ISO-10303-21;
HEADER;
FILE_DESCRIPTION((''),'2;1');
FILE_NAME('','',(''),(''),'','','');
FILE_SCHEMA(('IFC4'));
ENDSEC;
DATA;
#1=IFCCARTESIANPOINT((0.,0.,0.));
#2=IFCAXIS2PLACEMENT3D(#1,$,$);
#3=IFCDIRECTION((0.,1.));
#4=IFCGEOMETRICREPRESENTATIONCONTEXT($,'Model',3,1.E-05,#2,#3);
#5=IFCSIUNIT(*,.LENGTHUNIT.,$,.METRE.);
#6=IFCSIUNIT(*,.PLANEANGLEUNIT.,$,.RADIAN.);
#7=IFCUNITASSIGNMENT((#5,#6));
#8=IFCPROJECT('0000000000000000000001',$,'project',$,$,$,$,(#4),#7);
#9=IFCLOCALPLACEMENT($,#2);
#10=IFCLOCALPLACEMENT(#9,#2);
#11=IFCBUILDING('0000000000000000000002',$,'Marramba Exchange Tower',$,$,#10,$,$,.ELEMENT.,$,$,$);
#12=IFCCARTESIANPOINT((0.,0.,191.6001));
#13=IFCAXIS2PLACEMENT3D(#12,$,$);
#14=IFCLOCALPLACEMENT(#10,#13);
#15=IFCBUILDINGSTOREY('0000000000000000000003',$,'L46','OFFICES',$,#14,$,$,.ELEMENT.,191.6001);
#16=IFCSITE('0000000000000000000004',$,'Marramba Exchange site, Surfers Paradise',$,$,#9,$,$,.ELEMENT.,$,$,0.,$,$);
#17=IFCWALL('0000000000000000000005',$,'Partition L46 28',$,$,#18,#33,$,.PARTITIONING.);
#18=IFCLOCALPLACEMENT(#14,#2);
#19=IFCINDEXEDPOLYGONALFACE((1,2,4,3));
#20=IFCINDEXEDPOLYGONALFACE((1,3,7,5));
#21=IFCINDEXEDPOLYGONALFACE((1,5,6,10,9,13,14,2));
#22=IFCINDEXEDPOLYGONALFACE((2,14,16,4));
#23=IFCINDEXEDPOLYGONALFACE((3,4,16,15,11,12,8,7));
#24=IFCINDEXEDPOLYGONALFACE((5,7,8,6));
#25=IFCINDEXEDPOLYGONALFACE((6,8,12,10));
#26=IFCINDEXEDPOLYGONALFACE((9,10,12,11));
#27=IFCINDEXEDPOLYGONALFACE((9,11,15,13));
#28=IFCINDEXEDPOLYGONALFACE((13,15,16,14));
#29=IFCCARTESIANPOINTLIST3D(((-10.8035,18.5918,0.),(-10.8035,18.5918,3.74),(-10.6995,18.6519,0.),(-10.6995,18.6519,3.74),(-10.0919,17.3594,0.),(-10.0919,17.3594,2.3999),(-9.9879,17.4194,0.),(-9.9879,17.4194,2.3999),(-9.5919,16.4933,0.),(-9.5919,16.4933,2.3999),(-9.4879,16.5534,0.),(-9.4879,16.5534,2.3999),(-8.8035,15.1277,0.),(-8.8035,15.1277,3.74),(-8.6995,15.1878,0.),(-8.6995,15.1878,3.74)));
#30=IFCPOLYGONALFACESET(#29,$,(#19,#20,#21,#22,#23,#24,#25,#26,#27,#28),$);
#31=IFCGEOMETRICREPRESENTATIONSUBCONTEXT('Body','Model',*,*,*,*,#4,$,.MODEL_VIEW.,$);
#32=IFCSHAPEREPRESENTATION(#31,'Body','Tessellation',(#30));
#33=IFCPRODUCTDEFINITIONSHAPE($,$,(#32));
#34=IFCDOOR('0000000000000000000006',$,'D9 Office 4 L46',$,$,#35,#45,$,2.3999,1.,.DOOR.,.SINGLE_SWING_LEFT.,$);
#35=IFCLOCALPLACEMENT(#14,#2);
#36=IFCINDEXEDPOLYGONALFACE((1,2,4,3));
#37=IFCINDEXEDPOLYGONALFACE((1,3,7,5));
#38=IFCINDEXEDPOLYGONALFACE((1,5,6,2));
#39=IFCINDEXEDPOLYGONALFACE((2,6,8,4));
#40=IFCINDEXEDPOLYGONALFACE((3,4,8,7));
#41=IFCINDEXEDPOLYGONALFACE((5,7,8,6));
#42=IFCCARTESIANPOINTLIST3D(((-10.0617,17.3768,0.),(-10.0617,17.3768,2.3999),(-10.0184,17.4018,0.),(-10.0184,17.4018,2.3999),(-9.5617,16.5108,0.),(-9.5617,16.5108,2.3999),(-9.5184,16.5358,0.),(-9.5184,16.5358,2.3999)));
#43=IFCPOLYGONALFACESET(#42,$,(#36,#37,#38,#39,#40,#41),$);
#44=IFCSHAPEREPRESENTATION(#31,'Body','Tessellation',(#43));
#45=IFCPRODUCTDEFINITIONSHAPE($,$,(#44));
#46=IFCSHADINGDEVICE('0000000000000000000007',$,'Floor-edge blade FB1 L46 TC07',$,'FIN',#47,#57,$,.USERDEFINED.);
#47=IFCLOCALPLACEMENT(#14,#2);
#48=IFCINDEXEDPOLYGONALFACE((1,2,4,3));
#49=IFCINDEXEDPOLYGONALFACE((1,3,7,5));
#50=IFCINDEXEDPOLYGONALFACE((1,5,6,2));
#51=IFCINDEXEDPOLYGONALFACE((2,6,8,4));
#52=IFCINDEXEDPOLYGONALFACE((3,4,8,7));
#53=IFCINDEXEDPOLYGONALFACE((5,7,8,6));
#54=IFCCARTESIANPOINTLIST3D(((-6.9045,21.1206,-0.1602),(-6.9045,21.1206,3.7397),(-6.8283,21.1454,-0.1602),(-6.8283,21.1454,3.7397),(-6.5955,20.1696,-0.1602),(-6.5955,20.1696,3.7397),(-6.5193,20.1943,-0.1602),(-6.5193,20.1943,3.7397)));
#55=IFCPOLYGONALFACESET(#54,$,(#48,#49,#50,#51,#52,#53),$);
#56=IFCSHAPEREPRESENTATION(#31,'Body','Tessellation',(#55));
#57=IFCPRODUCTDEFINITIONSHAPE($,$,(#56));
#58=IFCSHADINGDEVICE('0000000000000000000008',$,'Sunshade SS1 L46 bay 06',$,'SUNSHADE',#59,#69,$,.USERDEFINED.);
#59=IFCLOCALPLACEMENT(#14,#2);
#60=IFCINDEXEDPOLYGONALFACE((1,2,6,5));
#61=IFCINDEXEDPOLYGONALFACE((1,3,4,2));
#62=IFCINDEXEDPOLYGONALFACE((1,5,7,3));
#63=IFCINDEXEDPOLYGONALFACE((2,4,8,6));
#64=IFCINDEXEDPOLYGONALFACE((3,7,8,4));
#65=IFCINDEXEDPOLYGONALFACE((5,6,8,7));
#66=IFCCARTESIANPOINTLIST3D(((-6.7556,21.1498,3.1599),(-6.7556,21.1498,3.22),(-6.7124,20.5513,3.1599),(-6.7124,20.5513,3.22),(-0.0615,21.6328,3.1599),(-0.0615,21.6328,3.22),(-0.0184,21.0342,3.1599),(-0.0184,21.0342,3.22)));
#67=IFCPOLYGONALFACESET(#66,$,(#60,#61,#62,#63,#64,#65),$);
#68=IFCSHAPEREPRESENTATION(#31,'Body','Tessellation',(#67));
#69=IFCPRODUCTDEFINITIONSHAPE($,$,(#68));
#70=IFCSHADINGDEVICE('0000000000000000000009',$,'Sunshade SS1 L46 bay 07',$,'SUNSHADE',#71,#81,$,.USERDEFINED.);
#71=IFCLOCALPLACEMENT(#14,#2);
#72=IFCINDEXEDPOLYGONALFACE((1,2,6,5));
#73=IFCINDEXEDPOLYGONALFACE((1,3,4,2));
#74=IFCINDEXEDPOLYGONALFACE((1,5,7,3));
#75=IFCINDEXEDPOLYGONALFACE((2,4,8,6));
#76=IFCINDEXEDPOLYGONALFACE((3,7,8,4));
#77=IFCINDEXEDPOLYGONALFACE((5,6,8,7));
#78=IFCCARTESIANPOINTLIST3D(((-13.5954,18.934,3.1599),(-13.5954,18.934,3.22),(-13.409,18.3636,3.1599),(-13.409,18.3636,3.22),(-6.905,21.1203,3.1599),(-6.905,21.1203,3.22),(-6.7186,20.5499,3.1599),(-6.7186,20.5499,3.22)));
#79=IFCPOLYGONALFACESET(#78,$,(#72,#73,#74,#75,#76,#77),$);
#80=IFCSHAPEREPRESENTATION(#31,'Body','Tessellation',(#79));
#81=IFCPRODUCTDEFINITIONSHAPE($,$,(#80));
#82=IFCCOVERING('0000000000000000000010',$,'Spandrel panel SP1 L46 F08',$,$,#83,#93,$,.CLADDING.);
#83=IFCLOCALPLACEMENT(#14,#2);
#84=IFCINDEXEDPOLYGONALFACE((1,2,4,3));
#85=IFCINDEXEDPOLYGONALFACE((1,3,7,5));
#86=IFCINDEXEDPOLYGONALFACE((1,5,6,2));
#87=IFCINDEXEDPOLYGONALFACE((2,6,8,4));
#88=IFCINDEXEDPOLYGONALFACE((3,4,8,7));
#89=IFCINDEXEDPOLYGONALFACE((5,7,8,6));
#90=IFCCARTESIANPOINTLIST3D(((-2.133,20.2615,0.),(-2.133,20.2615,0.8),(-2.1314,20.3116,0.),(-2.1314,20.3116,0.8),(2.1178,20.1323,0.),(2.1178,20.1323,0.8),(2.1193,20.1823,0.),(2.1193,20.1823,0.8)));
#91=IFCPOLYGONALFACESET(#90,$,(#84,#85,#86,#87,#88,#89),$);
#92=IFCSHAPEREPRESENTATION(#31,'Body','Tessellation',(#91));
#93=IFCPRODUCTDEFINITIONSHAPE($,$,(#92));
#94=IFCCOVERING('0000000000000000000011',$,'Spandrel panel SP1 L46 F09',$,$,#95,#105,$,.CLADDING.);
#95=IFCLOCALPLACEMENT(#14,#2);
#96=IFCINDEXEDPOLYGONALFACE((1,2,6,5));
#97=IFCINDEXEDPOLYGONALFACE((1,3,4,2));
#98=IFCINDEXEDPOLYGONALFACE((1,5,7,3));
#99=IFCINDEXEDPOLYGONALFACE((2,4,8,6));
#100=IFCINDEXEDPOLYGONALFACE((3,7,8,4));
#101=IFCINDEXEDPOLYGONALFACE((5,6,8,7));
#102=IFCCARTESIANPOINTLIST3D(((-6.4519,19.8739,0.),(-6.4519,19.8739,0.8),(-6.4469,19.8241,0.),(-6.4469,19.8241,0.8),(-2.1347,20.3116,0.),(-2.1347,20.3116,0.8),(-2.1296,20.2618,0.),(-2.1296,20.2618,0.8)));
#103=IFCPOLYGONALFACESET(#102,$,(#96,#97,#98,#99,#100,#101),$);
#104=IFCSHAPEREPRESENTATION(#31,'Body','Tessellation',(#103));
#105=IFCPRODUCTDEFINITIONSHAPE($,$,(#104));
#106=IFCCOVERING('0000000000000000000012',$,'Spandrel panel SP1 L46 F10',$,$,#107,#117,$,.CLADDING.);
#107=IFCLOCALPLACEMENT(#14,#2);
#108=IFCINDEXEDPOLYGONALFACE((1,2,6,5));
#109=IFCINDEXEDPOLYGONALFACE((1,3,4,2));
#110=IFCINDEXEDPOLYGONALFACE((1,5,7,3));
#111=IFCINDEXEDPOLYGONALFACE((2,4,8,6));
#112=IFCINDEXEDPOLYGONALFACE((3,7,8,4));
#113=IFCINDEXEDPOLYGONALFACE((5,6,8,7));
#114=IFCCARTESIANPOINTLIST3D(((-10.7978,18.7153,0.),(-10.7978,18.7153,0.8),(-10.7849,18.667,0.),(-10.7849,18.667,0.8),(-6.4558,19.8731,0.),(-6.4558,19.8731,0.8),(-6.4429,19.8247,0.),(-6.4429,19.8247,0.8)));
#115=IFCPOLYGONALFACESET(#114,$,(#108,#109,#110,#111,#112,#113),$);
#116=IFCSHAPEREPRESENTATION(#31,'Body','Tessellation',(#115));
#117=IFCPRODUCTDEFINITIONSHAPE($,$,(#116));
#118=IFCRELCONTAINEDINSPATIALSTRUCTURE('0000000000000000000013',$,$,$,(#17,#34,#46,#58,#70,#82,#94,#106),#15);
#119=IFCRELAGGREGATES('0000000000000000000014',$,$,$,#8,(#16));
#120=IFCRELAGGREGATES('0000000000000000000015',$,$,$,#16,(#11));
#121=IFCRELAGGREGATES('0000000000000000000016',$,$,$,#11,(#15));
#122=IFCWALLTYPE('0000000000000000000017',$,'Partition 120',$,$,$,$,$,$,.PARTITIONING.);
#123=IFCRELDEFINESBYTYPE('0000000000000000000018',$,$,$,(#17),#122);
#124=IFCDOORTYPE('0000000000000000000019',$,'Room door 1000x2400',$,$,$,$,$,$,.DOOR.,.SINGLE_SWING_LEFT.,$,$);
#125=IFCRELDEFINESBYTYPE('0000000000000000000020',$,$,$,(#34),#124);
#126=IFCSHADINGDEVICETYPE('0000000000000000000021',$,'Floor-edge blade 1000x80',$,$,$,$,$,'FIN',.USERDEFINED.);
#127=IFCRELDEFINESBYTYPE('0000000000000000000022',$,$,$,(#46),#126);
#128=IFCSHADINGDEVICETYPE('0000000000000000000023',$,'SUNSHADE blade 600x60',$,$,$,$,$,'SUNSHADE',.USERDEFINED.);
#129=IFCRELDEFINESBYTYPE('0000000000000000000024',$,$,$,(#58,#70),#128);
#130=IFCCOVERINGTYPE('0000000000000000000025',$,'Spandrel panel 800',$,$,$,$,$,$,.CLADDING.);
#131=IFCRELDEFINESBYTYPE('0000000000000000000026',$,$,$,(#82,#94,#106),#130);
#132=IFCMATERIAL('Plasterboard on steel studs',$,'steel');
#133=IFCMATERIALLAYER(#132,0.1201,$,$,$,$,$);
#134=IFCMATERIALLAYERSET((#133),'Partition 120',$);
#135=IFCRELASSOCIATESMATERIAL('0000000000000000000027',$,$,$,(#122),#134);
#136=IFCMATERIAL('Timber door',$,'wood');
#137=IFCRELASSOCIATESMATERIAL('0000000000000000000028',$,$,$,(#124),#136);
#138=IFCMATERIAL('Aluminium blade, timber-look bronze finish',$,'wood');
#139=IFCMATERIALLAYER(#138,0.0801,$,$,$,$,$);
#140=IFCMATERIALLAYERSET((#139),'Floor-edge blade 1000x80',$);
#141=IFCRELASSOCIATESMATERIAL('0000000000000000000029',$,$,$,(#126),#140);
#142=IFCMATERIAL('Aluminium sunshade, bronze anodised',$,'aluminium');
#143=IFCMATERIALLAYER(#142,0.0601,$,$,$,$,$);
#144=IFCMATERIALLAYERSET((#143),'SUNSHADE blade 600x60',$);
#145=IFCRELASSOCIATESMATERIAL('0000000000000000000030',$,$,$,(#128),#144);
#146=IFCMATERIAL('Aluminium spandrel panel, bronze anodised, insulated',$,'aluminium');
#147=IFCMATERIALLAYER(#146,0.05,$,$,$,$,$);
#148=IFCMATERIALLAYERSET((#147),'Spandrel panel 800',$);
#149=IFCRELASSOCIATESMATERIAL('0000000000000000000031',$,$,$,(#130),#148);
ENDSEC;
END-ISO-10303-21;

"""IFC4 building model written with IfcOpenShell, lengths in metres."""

from ifc_helpers import new_model, si_unit, direction, frame, frame_2d, origin, origin_2d, place, context, subcontext, project, spatial, rectangle, extrude, material, layer, layer_set, type_object, element, fill, save


model = new_model("IFC4")

# Units and contexts
model_context = context("Model", 3, precision=1e-05, world=origin(), true_north=direction((0.0, 1.0)))
body_context = subcontext(model_context, "Body", "Model", "MODEL_VIEW")
ifc_project = project(units=[si_unit("LENGTHUNIT", "METRE"), si_unit("PLANEANGLEUNIT", "RADIAN")], contexts=[model_context])

# Site, building, storey
site_placement = place(None, origin())
site = spatial("IfcSite", under=ifc_project, at=site_placement, Name="Marramba Exchange site, Surfers Paradise", CompositionType="ELEMENT", RefElevation=0.0)
building_placement = place(site_placement, origin())
building = spatial("IfcBuilding", under=site, at=building_placement, Name="Marramba Exchange Tower", CompositionType="ELEMENT")
storey_placement = place(building_placement, frame((0.0, 0.0, 191.6001)))
storey = spatial("IfcBuildingStorey", under=building, at=storey_placement, Name="L46", Description="OFFICES", CompositionType="ELEMENT", Elevation=191.6001)

# Shared definitions
ifc_material_1 = material(Name="Plasterboard on steel studs", Category="steel")
ifc_layer_1 = layer(ifc_material_1, 0.1201)
ifc_layer_set_1 = layer_set([ifc_layer_1], Name="Partition 120")
wall_type = type_object("IfcWallType", Name="Partition 120", PredefinedType="PARTITIONING", material=ifc_layer_set_1)

# Wall, opening, door
wall_1_placement = place(storey_placement, frame((-10.7515, 18.6218, 0.0), z_axis=(0.0, 0.0, 1.0), x_axis=(0.499999, -0.866026, 0.0)))
wall_1 = element("IfcWall", 1, at=wall_1_placement, inside=storey, type_object=wall_type, Name="Partition L46 28", PredefinedType="PARTITIONING", context=body_context, shape_type="SweptSolid", body=[
    extrude(rectangle(XDim=4.0, YDim=0.1201, at=frame_2d((2.0, 0.0))), origin(), (0.0, 0.0, 1.0), 3.74),
])
opening_placement = place(wall_1_placement, frame((1.4231, 0.0, 0.0)))
opening = element("IfcOpeningElement", 2, at=opening_placement, cuts=wall_1, PredefinedType="OPENING", context=body_context, shape_type="SweptSolid", body=[
    extrude(rectangle(XDim=1.0, YDim=2.3999, at=frame_2d((0.5, 1.2))), frame((0.0, 0.0701, 0.0), z_axis=(0.0, -1.0, 0.0), x_axis=(1.0, 0.0, 0.0)), (0.0, 0.0, 1.0), 0.1401),
])
ifc_material_2 = material(Name="Timber door", Category="wood")
door_type = type_object("IfcDoorType", Name="Room door 1000x2400", OperationType="SINGLE_SWING_LEFT", PredefinedType="DOOR", material=ifc_material_2)
door_placement = place(opening_placement, origin())
door = element("IfcDoor", 3, at=door_placement, inside=storey, type_object=door_type, Name="D9 Office 4 L46", OperationType="SINGLE_SWING_LEFT", OverallHeight=2.3999, OverallWidth=1.0, PredefinedType="DOOR", context=body_context, shape_type="SweptSolid", body=[
    extrude(rectangle(XDim=1.0, YDim=2.3999, at=frame_2d((0.5, 1.2))), frame((0.0, 0.0249, 0.0), z_axis=(0.0, -1.0, 0.0), x_axis=(1.0, 0.0, 0.0)), (0.0, 0.0, 1.0), 0.05),
])
fill(opening, door)

# Shading devices
ifc_material_3 = material(Name="Aluminium blade, timber-look bronze finish", Category="wood")
ifc_layer_2 = layer(ifc_material_3, 0.0801)
ifc_layer_set_2 = layer_set([ifc_layer_2], Name="Floor-edge blade 1000x80")
shading_device_type_1 = type_object("IfcShadingDeviceType", Name="Floor-edge blade 1000x80", ElementType="FIN", PredefinedType="USERDEFINED", material=ifc_layer_set_2)
shading_device_1_placement = place(storey_placement, frame((-6.7119, 20.6575, -0.1602), z_axis=(0.0, 0.0, 1.0), x_axis=(-0.309017, 0.951057, 0.0)))
element("IfcShadingDevice", 4, at=shading_device_1_placement, inside=storey, type_object=shading_device_type_1, Name="Floor-edge blade FB1 L46 TC07", ObjectType="FIN", PredefinedType="USERDEFINED", context=body_context, shape_type="SweptSolid", body=[
    extrude(rectangle(XDim=1.0, YDim=0.0801, at=origin_2d()), origin(), (0.0, 0.0, 1.0), 3.8999),
])
ifc_material_4 = material(Name="Aluminium sunshade, bronze anodised", Category="aluminium")
ifc_layer_3 = layer(ifc_material_4, 0.0601)
ifc_layer_set_3 = layer_set([ifc_layer_3], Name="SUNSHADE blade 600x60")
shading_device_type_2 = type_object("IfcShadingDeviceType", Name="SUNSHADE blade 600x60", ElementType="SUNSHADE", PredefinedType="USERDEFINED", material=ifc_layer_set_3)
shading_device_2_placement = place(storey_placement, frame((-3.387, 21.092, 3.1599), z_axis=(0.0, 0.0, 1.0), x_axis=(-0.997408, -0.071958, 0.0)))
element("IfcShadingDevice", 5, at=shading_device_2_placement, inside=storey, type_object=shading_device_type_2, Name="Sunshade SS1 L46 bay 06", ObjectType="SUNSHADE", PredefinedType="USERDEFINED", context=body_context, shape_type="SweptSolid", body=[
    extrude(rectangle(XDim=6.7114, YDim=0.6001, at=origin_2d()), origin(), (0.0, 0.0, 1.0), 0.0601),
])
shading_device_3_placement = place(storey_placement, frame((-10.157, 19.7419, 3.1599), z_axis=(0.0, 0.0, 1.0), x_axis=(-0.950538, -0.31061, 0.0)))
element("IfcShadingDevice", 6, at=shading_device_3_placement, inside=storey, type_object=shading_device_type_2, Name="Sunshade SS1 L46 bay 07", ObjectType="SUNSHADE", PredefinedType="USERDEFINED", context=body_context, shape_type="SweptSolid", body=[
    extrude(rectangle(XDim=7.0386, YDim=0.6001, at=origin_2d()), origin(), (0.0, 0.0, 1.0), 0.0601),
])

# Coverings
ifc_material_5 = material(Name="Aluminium spandrel panel, bronze anodised, insulated", Category="aluminium")
ifc_layer_4 = layer(ifc_material_5, 0.05)
ifc_layer_set_4 = layer_set([ifc_layer_4], Name="Spandrel panel 800")
covering_type = type_object("IfcCoveringType", Name="Spandrel panel 800", PredefinedType="CLADDING", material=ifc_layer_set_4)
covering_1_placement = place(storey_placement, frame((-0.0068, 20.2219, 0.0), z_axis=(0.0, 0.0, 1.0), x_axis=(-0.999538, 0.030394, 0.0)))
element("IfcCovering", 7, at=covering_1_placement, inside=storey, type_object=covering_type, Name="Spandrel panel SP1 L46 F08", PredefinedType="CLADDING", context=body_context, shape_type="SweptSolid", body=[
    extrude(rectangle(XDim=4.2527, YDim=0.05, at=origin_2d()), origin(), (0.0, 0.0, 1.0), 0.8),
])
covering_2_placement = place(storey_placement, frame((-4.2908, 20.0679, 0.0), z_axis=(0.0, 0.0, 1.0), x_axis=(-0.9949, -0.100863, 0.0)))
element("IfcCovering", 8, at=covering_2_placement, inside=storey, type_object=covering_type, Name="Spandrel panel SP1 L46 F09", PredefinedType="CLADDING", context=body_context, shape_type="SweptSolid", body=[
    extrude(rectangle(XDim=4.3394, YDim=0.05, at=origin_2d()), origin(), (0.0, 0.0, 1.0), 0.8),
])
covering_3_placement = place(storey_placement, frame((-8.6204, 19.27, 0.0), z_axis=(0.0, 0.0, 1.0), x_axis=(-0.966241, -0.257641, 0.0)))
element("IfcCovering", 9, at=covering_3_placement, inside=storey, type_object=covering_type, Name="Spandrel panel SP1 L46 F10", PredefinedType="CLADDING", context=body_context, shape_type="SweptSolid", body=[
    extrude(rectangle(XDim=4.4937, YDim=0.05, at=origin_2d()), origin(), (0.0, 0.0, 1.0), 0.8),
])

save(model, "model.ifc")
